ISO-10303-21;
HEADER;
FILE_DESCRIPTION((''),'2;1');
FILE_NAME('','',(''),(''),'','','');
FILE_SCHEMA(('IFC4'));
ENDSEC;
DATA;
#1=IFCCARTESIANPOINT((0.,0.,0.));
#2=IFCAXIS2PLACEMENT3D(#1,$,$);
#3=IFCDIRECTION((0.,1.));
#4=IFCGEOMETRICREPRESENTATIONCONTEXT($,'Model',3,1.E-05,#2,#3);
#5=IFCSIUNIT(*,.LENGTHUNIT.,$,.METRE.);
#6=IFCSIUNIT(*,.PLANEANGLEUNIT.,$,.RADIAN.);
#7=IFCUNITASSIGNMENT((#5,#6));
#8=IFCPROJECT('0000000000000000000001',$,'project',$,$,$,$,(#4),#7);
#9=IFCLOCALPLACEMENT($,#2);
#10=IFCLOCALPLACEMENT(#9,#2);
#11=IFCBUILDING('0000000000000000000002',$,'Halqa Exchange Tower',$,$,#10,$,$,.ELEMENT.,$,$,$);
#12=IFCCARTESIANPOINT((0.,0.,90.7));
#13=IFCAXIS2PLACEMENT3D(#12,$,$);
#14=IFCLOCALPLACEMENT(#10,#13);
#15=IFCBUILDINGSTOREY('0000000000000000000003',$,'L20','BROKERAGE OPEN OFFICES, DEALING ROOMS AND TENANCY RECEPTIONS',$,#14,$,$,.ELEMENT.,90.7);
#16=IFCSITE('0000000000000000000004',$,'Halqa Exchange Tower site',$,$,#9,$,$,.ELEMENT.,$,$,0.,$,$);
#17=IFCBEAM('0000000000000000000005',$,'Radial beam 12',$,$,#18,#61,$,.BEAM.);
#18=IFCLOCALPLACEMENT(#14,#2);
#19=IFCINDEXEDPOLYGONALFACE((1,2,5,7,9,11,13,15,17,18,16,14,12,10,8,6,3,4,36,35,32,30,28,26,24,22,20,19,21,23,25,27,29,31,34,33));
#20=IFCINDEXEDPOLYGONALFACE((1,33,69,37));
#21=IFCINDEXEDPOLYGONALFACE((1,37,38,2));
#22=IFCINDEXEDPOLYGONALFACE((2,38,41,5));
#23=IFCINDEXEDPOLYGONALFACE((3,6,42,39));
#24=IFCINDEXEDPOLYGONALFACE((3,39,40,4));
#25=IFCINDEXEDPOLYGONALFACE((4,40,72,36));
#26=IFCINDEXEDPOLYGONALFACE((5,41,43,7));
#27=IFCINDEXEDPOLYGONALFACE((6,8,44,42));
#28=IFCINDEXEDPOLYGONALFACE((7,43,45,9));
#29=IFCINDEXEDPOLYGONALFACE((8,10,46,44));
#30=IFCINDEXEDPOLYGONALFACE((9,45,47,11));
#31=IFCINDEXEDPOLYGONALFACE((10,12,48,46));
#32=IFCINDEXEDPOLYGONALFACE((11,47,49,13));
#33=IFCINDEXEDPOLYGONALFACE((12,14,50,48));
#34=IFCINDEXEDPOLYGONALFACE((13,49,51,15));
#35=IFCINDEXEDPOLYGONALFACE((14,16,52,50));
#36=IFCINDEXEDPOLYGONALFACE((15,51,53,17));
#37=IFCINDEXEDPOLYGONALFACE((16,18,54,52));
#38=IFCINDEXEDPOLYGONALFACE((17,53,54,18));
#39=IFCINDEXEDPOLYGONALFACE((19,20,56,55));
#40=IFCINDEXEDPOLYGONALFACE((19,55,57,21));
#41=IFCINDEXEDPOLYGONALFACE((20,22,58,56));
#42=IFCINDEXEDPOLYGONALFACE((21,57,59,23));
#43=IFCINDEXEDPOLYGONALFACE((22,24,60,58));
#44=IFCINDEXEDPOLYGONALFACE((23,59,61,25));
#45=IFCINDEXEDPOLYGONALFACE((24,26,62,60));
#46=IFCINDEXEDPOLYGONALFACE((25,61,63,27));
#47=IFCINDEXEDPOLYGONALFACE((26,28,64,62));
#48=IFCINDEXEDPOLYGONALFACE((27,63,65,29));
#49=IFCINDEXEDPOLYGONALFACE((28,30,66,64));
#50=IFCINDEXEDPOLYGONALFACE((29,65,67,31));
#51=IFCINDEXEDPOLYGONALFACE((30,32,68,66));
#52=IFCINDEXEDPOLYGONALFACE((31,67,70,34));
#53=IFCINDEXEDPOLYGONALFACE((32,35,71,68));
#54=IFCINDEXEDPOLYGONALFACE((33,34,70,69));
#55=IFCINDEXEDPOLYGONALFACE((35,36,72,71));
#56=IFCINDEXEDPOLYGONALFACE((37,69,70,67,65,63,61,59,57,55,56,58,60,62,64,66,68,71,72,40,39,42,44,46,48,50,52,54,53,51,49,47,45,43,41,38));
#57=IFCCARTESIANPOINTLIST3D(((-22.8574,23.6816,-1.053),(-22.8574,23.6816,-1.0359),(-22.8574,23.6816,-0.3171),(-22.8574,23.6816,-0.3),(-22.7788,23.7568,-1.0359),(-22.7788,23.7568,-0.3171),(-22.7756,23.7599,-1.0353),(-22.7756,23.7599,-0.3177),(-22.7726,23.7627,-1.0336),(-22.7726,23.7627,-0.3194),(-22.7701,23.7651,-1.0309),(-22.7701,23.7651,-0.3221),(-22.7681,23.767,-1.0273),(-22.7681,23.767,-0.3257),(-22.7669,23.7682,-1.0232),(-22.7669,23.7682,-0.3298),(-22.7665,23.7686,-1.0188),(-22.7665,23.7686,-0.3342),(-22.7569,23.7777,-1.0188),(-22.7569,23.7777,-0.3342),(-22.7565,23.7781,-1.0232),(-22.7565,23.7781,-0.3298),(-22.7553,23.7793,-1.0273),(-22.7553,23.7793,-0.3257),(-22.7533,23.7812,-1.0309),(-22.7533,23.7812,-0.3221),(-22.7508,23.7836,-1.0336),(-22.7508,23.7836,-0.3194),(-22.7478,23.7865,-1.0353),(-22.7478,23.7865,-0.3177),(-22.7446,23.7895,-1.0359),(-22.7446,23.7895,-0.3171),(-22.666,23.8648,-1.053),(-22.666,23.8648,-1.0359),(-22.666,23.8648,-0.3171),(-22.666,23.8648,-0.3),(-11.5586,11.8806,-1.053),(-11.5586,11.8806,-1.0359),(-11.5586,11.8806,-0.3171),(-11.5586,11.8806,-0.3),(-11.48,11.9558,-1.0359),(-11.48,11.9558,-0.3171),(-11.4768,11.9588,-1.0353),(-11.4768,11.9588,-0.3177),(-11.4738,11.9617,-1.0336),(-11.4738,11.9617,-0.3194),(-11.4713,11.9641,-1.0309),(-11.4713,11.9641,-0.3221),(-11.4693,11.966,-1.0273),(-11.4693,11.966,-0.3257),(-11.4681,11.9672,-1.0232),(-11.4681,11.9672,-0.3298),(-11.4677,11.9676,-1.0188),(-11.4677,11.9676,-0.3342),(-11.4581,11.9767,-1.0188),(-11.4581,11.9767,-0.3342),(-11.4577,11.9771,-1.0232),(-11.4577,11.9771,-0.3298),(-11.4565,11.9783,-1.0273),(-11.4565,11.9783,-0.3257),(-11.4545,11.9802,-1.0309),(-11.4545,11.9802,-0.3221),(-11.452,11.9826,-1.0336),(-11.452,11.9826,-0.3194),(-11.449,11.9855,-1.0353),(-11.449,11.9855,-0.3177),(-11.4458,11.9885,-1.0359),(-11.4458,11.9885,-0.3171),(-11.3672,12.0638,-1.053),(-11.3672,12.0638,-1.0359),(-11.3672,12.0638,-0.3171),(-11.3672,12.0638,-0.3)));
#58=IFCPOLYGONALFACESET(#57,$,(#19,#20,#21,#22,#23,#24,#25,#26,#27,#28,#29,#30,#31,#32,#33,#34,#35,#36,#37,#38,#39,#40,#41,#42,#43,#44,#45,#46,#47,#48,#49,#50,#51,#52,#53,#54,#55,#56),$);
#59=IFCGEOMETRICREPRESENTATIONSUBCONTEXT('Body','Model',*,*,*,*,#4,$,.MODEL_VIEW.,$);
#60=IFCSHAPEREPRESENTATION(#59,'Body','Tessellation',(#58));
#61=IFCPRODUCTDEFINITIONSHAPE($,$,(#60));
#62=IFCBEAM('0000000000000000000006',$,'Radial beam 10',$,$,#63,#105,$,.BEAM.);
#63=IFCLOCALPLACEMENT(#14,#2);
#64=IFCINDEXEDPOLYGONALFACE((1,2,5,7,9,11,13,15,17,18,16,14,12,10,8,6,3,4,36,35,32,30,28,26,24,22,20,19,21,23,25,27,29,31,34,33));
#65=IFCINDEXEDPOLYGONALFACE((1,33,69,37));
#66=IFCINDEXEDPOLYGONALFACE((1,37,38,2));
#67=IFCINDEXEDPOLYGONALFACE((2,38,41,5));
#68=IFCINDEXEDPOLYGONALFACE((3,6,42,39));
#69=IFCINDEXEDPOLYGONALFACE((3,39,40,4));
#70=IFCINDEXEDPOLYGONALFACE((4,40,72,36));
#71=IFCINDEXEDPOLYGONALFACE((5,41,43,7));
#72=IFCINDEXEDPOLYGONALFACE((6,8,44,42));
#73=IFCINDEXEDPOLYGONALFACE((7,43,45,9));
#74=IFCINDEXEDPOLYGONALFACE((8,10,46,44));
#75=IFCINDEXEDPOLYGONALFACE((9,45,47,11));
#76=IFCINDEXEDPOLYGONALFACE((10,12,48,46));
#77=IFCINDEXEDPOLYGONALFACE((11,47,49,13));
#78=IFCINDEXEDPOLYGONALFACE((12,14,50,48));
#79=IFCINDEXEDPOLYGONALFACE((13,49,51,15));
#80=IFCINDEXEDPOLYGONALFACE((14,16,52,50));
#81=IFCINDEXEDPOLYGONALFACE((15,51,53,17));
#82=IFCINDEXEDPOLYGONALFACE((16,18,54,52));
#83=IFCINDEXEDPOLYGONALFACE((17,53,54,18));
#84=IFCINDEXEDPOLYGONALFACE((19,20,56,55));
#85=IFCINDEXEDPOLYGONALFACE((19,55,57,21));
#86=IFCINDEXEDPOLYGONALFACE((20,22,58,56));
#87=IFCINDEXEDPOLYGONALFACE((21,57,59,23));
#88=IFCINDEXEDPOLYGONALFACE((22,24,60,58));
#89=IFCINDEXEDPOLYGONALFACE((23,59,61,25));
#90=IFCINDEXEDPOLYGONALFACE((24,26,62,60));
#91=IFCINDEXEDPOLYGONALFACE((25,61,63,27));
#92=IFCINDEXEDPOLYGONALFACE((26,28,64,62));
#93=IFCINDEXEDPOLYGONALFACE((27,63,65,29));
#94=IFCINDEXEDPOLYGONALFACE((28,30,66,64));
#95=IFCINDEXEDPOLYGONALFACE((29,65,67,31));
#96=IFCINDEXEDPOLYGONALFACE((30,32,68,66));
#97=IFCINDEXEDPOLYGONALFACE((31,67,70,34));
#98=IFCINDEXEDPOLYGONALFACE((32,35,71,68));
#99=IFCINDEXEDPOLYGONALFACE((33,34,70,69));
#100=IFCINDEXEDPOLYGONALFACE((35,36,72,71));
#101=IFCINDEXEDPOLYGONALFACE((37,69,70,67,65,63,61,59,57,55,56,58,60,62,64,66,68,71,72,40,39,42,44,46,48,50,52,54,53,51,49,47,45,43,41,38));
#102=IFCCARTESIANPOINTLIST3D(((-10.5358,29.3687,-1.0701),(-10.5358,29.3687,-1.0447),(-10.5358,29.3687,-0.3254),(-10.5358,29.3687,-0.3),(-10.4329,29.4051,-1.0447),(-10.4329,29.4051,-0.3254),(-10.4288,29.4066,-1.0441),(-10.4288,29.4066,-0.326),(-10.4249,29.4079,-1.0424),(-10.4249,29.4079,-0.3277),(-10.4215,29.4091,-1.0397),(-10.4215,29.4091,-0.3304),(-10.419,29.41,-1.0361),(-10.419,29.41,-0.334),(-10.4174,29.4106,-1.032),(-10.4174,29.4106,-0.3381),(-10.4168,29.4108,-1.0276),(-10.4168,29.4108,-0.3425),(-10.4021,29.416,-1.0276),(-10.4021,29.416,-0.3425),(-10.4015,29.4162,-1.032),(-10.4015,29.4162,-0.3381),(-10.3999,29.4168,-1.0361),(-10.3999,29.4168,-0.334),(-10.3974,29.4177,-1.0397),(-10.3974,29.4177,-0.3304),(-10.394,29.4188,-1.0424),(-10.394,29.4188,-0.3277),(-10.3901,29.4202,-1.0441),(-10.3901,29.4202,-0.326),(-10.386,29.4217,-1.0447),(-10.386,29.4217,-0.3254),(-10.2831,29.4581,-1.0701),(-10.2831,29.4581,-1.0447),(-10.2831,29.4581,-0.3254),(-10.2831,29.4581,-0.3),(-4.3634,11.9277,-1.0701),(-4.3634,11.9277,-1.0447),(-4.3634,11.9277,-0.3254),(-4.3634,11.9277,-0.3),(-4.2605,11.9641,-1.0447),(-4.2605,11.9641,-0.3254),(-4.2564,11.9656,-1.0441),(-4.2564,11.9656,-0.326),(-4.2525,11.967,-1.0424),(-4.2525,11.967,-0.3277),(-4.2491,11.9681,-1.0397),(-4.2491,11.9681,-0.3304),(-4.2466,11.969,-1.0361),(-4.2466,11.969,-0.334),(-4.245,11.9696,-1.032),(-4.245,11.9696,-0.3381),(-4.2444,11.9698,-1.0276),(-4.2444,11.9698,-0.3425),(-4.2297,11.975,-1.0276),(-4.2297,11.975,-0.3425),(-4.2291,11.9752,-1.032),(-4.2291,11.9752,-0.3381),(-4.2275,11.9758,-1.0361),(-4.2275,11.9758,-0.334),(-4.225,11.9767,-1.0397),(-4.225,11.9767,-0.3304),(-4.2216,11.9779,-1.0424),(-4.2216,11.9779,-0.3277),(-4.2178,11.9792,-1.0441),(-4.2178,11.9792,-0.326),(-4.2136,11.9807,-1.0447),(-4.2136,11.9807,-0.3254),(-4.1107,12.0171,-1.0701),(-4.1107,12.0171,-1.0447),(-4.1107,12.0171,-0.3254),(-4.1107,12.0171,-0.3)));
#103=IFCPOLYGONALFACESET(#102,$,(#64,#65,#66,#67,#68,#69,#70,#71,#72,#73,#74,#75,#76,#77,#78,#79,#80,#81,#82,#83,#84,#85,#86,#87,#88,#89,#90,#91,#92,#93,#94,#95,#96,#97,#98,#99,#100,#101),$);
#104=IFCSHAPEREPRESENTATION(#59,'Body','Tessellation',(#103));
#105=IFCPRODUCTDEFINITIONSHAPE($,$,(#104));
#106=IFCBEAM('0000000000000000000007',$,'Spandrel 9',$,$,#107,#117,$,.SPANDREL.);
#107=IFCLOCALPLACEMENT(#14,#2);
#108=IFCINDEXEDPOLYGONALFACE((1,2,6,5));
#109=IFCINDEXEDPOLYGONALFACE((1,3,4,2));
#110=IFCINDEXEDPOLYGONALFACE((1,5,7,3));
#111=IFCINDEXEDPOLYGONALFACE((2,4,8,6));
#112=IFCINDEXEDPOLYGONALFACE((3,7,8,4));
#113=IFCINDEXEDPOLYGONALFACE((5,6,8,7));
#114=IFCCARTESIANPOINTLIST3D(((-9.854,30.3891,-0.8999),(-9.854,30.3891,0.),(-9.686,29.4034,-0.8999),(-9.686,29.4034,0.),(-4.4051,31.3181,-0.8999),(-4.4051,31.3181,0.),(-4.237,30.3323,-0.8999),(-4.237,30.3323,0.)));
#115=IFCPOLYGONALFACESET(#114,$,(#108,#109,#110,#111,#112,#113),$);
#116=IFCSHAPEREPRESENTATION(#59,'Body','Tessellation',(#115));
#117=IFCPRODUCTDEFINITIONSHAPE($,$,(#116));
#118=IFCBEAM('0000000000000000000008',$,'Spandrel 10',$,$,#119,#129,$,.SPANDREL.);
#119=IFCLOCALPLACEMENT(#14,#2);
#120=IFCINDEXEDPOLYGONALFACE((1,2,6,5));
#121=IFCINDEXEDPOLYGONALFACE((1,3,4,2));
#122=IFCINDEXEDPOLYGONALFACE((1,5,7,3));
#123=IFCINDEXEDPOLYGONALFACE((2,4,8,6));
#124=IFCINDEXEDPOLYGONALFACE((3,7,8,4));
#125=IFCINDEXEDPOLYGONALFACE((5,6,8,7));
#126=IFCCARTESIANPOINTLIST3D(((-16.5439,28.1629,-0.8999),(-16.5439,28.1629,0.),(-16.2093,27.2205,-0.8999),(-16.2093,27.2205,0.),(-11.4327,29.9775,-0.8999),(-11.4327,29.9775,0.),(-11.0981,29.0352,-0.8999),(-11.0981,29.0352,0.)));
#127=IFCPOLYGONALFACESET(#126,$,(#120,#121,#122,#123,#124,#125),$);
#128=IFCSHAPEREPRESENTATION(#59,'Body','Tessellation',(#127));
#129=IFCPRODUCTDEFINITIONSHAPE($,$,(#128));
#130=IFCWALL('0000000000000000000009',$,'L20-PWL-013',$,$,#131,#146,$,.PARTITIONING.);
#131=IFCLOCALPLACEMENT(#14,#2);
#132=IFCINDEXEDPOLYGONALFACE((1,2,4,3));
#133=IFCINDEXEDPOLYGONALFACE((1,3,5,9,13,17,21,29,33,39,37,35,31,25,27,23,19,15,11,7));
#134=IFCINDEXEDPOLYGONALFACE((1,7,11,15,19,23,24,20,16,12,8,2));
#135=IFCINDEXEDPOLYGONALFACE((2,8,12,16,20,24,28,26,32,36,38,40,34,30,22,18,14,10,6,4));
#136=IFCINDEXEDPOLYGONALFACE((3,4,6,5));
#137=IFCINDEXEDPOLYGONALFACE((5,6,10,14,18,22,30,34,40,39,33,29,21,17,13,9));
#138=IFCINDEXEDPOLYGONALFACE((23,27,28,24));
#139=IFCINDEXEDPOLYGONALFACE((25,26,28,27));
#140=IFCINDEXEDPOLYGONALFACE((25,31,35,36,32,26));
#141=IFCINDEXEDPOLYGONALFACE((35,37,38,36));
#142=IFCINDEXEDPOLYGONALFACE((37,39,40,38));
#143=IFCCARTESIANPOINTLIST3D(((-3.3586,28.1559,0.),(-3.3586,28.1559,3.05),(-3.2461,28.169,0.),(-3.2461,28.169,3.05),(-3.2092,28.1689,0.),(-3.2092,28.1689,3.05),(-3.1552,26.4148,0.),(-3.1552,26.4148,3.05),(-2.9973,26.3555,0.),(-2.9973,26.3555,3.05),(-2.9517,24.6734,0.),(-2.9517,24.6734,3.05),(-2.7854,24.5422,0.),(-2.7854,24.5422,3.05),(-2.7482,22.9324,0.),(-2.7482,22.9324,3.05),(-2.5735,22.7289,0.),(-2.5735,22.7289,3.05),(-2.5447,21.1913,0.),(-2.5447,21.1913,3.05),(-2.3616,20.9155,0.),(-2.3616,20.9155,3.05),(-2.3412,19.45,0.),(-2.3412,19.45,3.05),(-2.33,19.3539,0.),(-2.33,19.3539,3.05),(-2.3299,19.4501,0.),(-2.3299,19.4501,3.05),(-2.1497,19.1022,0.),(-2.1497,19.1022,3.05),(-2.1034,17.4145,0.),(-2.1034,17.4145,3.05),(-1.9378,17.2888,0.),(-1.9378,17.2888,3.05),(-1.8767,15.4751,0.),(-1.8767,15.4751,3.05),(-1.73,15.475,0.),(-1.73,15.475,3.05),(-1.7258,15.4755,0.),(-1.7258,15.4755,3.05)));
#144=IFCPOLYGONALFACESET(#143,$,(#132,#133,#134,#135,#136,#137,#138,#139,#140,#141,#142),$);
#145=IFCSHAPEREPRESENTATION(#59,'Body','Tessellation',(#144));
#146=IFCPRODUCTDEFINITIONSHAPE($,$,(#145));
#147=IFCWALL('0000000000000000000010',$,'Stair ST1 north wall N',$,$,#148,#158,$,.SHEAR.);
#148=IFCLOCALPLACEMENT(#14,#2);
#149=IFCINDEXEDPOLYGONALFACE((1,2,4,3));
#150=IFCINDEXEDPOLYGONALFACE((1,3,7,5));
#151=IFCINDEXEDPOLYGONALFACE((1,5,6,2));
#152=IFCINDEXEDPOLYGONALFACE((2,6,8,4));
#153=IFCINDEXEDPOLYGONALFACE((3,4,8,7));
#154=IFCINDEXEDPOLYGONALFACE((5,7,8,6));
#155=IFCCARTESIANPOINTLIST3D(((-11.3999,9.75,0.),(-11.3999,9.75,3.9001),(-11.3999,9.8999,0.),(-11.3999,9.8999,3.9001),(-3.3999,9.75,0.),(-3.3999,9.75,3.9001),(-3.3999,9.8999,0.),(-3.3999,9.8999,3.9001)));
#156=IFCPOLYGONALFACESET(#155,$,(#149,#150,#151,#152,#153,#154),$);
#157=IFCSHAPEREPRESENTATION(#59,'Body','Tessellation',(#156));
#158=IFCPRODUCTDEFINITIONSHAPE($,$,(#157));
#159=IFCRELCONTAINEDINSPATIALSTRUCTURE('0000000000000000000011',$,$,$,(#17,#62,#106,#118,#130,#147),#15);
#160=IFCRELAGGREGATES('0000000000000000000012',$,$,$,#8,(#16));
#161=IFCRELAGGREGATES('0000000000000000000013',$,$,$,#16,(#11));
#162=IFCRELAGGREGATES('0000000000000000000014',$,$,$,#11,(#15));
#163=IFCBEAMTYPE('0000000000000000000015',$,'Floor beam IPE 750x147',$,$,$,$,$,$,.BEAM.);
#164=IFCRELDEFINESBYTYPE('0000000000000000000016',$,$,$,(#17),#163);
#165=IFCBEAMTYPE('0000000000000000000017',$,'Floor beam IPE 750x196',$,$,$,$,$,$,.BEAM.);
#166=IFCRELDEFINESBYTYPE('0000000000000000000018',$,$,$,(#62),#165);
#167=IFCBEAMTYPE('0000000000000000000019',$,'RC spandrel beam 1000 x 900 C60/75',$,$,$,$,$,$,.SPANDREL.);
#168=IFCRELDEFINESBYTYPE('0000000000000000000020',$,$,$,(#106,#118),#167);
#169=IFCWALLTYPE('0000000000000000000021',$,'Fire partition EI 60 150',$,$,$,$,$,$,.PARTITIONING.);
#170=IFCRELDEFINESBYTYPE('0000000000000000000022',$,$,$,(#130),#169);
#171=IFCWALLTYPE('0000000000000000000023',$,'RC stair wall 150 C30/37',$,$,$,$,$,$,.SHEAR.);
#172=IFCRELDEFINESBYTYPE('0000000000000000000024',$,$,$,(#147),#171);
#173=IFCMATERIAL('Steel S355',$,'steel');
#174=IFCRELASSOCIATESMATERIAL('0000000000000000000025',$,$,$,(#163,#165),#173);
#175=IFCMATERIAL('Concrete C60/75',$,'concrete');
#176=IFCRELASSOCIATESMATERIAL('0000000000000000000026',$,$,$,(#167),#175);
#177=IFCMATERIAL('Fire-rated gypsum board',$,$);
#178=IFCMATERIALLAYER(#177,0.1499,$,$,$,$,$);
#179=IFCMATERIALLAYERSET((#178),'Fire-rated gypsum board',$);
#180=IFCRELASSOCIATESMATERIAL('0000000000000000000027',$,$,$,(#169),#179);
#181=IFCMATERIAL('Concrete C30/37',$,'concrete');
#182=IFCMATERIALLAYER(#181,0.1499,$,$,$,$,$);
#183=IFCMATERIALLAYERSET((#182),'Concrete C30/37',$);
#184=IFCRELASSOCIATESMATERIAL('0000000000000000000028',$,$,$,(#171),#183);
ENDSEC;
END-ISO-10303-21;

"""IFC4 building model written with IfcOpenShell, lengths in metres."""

from ifc_helpers import new_model, si_unit, direction, frame, frame_2d, origin, origin_2d, place, context, subcontext, project, spatial, polyline, rectangle, i_section, outline, extrude, material, layer, layer_set, material_profile, profile_set, type_object, element, save


model = new_model("IFC4")

# Units and contexts
model_context = context("Model", 3, precision=1e-05, world=origin(), true_north=direction((0.0, 1.0)))
body_context = subcontext(model_context, "Body", "Model", "MODEL_VIEW")
ifc_project = project(units=[si_unit("LENGTHUNIT", "METRE"), si_unit("PLANEANGLEUNIT", "RADIAN")], contexts=[model_context])

# Site, building, storey
site_placement = place(None, origin())
site = spatial("IfcSite", under=ifc_project, at=site_placement, Name="Halqa Exchange Tower site", CompositionType="ELEMENT", RefElevation=0.0)
building_placement = place(site_placement, origin())
building = spatial("IfcBuilding", under=site, at=building_placement, Name="Halqa Exchange Tower", CompositionType="ELEMENT")
storey_placement = place(building_placement, frame((0.0, 0.0, 90.7)))
storey = spatial("IfcBuildingStorey", under=building, at=storey_placement, Name="L20", Description="BROKERAGE OPEN OFFICES, DEALING ROOMS AND TENANCY RECEPTIONS", CompositionType="ELEMENT", Elevation=90.7)

# Beams
ifc_material_1 = material(Name="Steel S355", Category="steel")
ifc_material_profile_1 = material_profile(ifc_material_1, i_section(OverallWidth=0.2649, OverallDepth=0.7529, WebThickness=0.0132, FlangeThickness=0.0171, FilletRadius=0.0171, at=origin_2d()), Name="IPE 750x147")
ifc_profile_set_1 = profile_set([ifc_material_profile_1], Name="Steel S355")
beam_type_1 = type_object("IfcBeamType", Name="Floor beam IPE 750x147", PredefinedType="BEAM", material=ifc_profile_set_1)
beam_1_placement = place(storey_placement, frame((-11.4629, 11.9722, -0.6765), z_axis=(-0.691571, 0.722309, 0.0), x_axis=(-0.722309, -0.691571, 0.0)))
element("IfcBeam", 1, at=beam_1_placement, inside=storey, type_object=beam_type_1, Name="Radial beam 12", PredefinedType="BEAM", context=body_context, shape_type="SweptSolid", body=[
    extrude(i_section(OverallWidth=0.2649, OverallDepth=0.7529, WebThickness=0.0132, FlangeThickness=0.0171, FilletRadius=0.0171, at=origin_2d()), origin(), (0.0, 0.0, 1.0), 16.3379),
])
ifc_material_profile_2 = material_profile(ifc_material_1, i_section(OverallWidth=0.2681, OverallDepth=0.77, WebThickness=0.0156, FlangeThickness=0.0254, FilletRadius=0.0171, at=origin_2d()), Name="IPE 750x196")
ifc_profile_set_2 = profile_set([ifc_material_profile_2], Name="Steel S355")
beam_type_2 = type_object("IfcBeamType", Name="Floor beam IPE 750x196", PredefinedType="BEAM", material=ifc_profile_set_2)
beam_2_placement = place(storey_placement, frame((-4.2371, 11.9724, -0.6851), z_axis=(-0.333625, 0.942706, 0.0), x_axis=(-0.942706, -0.333625, 0.0)))
element("IfcBeam", 2, at=beam_2_placement, inside=storey, type_object=beam_type_2, Name="Radial beam 10", PredefinedType="BEAM", context=body_context, shape_type="SweptSolid", body=[
    extrude(i_section(OverallWidth=0.2681, OverallDepth=0.77, WebThickness=0.0156, FlangeThickness=0.0254, FilletRadius=0.0171, at=origin_2d()), origin(), (0.0, 0.0, 1.0), 18.501),
])
ifc_material_2 = material(Name="Concrete C60/75", Category="concrete")
ifc_material_profile_3 = material_profile(ifc_material_2, rectangle(XDim=1.0, YDim=0.8999, at=origin_2d()), Name="1000 x 900")
ifc_profile_set_3 = profile_set([ifc_material_profile_3], Name="Concrete C60/75")
beam_type_3 = type_object("IfcBeamType", Name="RC spandrel beam 1000 x 900 C60/75", PredefinedType="SPANDREL", material=ifc_profile_set_3)
beam_3_placement = place(storey_placement, frame((-4.321, 30.8252, -0.45), z_axis=(-0.985777, -0.168058, 0.0), x_axis=(0.168058, -0.985777, 0.0)))
element("IfcBeam", 3, at=beam_3_placement, inside=storey, type_object=beam_type_3, Name="Spandrel 9", PredefinedType="SPANDREL", context=body_context, shape_type="SweptSolid", body=[
    extrude(rectangle(XDim=1.0, YDim=0.8999, at=origin_2d()), origin(), (0.0, 0.0, 1.0), 5.5276),
])
beam_4_placement = place(storey_placement, frame((-11.2654, 29.5063, -0.45), z_axis=(-0.94237, -0.334574, 0.0), x_axis=(0.334574, -0.94237, 0.0)))
element("IfcBeam", 4, at=beam_4_placement, inside=storey, type_object=beam_type_3, Name="Spandrel 10", PredefinedType="SPANDREL", context=body_context, shape_type="SweptSolid", body=[
    extrude(rectangle(XDim=1.0, YDim=0.8999, at=origin_2d()), origin(), (0.0, 0.0, 1.0), 5.4238),
])

# Walls
ifc_material_3 = material(Name="Fire-rated gypsum board")
ifc_layer_1 = layer(ifc_material_3, 0.1499)
ifc_layer_set_1 = layer_set([ifc_layer_1], Name="Fire-rated gypsum board")
wall_type_1 = type_object("IfcWallType", Name="Fire partition EI 60 150", PredefinedType="PARTITIONING", material=ifc_layer_set_1)
wall_1_placement = place(storey_placement, frame((-3.2842, 28.1646, 0.0), z_axis=(0.0, 0.0, 1.0), x_axis=(0.116072, -0.993241, 0.0)))
element("IfcWall", 5, at=wall_1_placement, inside=storey, type_object=wall_type_1, Name="L20-PWL-013", PredefinedType="PARTITIONING", context=body_context, shape_type="SweptSolid", body=[
    extrude(outline(polyline([(0.0, -0.075), (1.7529, -0.075), (3.5061, -0.075), (5.259, -0.075), (7.012, -0.075), (8.7651, -0.075), (8.7664, -0.0637), (8.8618, -0.075), (10.8145, -0.075), (12.7671, -0.075), (12.7842, 0.0708), (12.7842, 0.075), (10.9585, 0.075), (9.1328, 0.075), (7.3071, 0.075), (5.4814, 0.075), (3.6558, 0.075), (1.8301, 0.075), (0.0044, 0.075), (0.0, 0.0383), (0.0, -0.075)])), origin(), (0.0, 0.0, 1.0), 3.05),
])
ifc_material_4 = material(Name="Concrete C30/37", Category="concrete")
ifc_layer_2 = layer(ifc_material_4, 0.1499)
ifc_layer_set_2 = layer_set([ifc_layer_2], Name="Concrete C30/37")
wall_type_2 = type_object("IfcWallType", Name="RC stair wall 150 C30/37", PredefinedType="SHEAR", material=ifc_layer_set_2)
wall_2_placement = place(storey_placement, frame((-11.3999, 9.825, 0.0), z_axis=(0.0, 0.0, 1.0), x_axis=(1.0, 0.0, 0.0)))
element("IfcWall", 6, at=wall_2_placement, inside=storey, type_object=wall_type_2, Name="Stair ST1 north wall N", PredefinedType="SHEAR", context=body_context, shape_type="SweptSolid", body=[
    extrude(rectangle(XDim=8.0, YDim=0.1499, at=frame_2d((4.0, 0.0))), origin(), (0.0, 0.0, 1.0), 3.9001),
])

save(model, "model.ifc")
